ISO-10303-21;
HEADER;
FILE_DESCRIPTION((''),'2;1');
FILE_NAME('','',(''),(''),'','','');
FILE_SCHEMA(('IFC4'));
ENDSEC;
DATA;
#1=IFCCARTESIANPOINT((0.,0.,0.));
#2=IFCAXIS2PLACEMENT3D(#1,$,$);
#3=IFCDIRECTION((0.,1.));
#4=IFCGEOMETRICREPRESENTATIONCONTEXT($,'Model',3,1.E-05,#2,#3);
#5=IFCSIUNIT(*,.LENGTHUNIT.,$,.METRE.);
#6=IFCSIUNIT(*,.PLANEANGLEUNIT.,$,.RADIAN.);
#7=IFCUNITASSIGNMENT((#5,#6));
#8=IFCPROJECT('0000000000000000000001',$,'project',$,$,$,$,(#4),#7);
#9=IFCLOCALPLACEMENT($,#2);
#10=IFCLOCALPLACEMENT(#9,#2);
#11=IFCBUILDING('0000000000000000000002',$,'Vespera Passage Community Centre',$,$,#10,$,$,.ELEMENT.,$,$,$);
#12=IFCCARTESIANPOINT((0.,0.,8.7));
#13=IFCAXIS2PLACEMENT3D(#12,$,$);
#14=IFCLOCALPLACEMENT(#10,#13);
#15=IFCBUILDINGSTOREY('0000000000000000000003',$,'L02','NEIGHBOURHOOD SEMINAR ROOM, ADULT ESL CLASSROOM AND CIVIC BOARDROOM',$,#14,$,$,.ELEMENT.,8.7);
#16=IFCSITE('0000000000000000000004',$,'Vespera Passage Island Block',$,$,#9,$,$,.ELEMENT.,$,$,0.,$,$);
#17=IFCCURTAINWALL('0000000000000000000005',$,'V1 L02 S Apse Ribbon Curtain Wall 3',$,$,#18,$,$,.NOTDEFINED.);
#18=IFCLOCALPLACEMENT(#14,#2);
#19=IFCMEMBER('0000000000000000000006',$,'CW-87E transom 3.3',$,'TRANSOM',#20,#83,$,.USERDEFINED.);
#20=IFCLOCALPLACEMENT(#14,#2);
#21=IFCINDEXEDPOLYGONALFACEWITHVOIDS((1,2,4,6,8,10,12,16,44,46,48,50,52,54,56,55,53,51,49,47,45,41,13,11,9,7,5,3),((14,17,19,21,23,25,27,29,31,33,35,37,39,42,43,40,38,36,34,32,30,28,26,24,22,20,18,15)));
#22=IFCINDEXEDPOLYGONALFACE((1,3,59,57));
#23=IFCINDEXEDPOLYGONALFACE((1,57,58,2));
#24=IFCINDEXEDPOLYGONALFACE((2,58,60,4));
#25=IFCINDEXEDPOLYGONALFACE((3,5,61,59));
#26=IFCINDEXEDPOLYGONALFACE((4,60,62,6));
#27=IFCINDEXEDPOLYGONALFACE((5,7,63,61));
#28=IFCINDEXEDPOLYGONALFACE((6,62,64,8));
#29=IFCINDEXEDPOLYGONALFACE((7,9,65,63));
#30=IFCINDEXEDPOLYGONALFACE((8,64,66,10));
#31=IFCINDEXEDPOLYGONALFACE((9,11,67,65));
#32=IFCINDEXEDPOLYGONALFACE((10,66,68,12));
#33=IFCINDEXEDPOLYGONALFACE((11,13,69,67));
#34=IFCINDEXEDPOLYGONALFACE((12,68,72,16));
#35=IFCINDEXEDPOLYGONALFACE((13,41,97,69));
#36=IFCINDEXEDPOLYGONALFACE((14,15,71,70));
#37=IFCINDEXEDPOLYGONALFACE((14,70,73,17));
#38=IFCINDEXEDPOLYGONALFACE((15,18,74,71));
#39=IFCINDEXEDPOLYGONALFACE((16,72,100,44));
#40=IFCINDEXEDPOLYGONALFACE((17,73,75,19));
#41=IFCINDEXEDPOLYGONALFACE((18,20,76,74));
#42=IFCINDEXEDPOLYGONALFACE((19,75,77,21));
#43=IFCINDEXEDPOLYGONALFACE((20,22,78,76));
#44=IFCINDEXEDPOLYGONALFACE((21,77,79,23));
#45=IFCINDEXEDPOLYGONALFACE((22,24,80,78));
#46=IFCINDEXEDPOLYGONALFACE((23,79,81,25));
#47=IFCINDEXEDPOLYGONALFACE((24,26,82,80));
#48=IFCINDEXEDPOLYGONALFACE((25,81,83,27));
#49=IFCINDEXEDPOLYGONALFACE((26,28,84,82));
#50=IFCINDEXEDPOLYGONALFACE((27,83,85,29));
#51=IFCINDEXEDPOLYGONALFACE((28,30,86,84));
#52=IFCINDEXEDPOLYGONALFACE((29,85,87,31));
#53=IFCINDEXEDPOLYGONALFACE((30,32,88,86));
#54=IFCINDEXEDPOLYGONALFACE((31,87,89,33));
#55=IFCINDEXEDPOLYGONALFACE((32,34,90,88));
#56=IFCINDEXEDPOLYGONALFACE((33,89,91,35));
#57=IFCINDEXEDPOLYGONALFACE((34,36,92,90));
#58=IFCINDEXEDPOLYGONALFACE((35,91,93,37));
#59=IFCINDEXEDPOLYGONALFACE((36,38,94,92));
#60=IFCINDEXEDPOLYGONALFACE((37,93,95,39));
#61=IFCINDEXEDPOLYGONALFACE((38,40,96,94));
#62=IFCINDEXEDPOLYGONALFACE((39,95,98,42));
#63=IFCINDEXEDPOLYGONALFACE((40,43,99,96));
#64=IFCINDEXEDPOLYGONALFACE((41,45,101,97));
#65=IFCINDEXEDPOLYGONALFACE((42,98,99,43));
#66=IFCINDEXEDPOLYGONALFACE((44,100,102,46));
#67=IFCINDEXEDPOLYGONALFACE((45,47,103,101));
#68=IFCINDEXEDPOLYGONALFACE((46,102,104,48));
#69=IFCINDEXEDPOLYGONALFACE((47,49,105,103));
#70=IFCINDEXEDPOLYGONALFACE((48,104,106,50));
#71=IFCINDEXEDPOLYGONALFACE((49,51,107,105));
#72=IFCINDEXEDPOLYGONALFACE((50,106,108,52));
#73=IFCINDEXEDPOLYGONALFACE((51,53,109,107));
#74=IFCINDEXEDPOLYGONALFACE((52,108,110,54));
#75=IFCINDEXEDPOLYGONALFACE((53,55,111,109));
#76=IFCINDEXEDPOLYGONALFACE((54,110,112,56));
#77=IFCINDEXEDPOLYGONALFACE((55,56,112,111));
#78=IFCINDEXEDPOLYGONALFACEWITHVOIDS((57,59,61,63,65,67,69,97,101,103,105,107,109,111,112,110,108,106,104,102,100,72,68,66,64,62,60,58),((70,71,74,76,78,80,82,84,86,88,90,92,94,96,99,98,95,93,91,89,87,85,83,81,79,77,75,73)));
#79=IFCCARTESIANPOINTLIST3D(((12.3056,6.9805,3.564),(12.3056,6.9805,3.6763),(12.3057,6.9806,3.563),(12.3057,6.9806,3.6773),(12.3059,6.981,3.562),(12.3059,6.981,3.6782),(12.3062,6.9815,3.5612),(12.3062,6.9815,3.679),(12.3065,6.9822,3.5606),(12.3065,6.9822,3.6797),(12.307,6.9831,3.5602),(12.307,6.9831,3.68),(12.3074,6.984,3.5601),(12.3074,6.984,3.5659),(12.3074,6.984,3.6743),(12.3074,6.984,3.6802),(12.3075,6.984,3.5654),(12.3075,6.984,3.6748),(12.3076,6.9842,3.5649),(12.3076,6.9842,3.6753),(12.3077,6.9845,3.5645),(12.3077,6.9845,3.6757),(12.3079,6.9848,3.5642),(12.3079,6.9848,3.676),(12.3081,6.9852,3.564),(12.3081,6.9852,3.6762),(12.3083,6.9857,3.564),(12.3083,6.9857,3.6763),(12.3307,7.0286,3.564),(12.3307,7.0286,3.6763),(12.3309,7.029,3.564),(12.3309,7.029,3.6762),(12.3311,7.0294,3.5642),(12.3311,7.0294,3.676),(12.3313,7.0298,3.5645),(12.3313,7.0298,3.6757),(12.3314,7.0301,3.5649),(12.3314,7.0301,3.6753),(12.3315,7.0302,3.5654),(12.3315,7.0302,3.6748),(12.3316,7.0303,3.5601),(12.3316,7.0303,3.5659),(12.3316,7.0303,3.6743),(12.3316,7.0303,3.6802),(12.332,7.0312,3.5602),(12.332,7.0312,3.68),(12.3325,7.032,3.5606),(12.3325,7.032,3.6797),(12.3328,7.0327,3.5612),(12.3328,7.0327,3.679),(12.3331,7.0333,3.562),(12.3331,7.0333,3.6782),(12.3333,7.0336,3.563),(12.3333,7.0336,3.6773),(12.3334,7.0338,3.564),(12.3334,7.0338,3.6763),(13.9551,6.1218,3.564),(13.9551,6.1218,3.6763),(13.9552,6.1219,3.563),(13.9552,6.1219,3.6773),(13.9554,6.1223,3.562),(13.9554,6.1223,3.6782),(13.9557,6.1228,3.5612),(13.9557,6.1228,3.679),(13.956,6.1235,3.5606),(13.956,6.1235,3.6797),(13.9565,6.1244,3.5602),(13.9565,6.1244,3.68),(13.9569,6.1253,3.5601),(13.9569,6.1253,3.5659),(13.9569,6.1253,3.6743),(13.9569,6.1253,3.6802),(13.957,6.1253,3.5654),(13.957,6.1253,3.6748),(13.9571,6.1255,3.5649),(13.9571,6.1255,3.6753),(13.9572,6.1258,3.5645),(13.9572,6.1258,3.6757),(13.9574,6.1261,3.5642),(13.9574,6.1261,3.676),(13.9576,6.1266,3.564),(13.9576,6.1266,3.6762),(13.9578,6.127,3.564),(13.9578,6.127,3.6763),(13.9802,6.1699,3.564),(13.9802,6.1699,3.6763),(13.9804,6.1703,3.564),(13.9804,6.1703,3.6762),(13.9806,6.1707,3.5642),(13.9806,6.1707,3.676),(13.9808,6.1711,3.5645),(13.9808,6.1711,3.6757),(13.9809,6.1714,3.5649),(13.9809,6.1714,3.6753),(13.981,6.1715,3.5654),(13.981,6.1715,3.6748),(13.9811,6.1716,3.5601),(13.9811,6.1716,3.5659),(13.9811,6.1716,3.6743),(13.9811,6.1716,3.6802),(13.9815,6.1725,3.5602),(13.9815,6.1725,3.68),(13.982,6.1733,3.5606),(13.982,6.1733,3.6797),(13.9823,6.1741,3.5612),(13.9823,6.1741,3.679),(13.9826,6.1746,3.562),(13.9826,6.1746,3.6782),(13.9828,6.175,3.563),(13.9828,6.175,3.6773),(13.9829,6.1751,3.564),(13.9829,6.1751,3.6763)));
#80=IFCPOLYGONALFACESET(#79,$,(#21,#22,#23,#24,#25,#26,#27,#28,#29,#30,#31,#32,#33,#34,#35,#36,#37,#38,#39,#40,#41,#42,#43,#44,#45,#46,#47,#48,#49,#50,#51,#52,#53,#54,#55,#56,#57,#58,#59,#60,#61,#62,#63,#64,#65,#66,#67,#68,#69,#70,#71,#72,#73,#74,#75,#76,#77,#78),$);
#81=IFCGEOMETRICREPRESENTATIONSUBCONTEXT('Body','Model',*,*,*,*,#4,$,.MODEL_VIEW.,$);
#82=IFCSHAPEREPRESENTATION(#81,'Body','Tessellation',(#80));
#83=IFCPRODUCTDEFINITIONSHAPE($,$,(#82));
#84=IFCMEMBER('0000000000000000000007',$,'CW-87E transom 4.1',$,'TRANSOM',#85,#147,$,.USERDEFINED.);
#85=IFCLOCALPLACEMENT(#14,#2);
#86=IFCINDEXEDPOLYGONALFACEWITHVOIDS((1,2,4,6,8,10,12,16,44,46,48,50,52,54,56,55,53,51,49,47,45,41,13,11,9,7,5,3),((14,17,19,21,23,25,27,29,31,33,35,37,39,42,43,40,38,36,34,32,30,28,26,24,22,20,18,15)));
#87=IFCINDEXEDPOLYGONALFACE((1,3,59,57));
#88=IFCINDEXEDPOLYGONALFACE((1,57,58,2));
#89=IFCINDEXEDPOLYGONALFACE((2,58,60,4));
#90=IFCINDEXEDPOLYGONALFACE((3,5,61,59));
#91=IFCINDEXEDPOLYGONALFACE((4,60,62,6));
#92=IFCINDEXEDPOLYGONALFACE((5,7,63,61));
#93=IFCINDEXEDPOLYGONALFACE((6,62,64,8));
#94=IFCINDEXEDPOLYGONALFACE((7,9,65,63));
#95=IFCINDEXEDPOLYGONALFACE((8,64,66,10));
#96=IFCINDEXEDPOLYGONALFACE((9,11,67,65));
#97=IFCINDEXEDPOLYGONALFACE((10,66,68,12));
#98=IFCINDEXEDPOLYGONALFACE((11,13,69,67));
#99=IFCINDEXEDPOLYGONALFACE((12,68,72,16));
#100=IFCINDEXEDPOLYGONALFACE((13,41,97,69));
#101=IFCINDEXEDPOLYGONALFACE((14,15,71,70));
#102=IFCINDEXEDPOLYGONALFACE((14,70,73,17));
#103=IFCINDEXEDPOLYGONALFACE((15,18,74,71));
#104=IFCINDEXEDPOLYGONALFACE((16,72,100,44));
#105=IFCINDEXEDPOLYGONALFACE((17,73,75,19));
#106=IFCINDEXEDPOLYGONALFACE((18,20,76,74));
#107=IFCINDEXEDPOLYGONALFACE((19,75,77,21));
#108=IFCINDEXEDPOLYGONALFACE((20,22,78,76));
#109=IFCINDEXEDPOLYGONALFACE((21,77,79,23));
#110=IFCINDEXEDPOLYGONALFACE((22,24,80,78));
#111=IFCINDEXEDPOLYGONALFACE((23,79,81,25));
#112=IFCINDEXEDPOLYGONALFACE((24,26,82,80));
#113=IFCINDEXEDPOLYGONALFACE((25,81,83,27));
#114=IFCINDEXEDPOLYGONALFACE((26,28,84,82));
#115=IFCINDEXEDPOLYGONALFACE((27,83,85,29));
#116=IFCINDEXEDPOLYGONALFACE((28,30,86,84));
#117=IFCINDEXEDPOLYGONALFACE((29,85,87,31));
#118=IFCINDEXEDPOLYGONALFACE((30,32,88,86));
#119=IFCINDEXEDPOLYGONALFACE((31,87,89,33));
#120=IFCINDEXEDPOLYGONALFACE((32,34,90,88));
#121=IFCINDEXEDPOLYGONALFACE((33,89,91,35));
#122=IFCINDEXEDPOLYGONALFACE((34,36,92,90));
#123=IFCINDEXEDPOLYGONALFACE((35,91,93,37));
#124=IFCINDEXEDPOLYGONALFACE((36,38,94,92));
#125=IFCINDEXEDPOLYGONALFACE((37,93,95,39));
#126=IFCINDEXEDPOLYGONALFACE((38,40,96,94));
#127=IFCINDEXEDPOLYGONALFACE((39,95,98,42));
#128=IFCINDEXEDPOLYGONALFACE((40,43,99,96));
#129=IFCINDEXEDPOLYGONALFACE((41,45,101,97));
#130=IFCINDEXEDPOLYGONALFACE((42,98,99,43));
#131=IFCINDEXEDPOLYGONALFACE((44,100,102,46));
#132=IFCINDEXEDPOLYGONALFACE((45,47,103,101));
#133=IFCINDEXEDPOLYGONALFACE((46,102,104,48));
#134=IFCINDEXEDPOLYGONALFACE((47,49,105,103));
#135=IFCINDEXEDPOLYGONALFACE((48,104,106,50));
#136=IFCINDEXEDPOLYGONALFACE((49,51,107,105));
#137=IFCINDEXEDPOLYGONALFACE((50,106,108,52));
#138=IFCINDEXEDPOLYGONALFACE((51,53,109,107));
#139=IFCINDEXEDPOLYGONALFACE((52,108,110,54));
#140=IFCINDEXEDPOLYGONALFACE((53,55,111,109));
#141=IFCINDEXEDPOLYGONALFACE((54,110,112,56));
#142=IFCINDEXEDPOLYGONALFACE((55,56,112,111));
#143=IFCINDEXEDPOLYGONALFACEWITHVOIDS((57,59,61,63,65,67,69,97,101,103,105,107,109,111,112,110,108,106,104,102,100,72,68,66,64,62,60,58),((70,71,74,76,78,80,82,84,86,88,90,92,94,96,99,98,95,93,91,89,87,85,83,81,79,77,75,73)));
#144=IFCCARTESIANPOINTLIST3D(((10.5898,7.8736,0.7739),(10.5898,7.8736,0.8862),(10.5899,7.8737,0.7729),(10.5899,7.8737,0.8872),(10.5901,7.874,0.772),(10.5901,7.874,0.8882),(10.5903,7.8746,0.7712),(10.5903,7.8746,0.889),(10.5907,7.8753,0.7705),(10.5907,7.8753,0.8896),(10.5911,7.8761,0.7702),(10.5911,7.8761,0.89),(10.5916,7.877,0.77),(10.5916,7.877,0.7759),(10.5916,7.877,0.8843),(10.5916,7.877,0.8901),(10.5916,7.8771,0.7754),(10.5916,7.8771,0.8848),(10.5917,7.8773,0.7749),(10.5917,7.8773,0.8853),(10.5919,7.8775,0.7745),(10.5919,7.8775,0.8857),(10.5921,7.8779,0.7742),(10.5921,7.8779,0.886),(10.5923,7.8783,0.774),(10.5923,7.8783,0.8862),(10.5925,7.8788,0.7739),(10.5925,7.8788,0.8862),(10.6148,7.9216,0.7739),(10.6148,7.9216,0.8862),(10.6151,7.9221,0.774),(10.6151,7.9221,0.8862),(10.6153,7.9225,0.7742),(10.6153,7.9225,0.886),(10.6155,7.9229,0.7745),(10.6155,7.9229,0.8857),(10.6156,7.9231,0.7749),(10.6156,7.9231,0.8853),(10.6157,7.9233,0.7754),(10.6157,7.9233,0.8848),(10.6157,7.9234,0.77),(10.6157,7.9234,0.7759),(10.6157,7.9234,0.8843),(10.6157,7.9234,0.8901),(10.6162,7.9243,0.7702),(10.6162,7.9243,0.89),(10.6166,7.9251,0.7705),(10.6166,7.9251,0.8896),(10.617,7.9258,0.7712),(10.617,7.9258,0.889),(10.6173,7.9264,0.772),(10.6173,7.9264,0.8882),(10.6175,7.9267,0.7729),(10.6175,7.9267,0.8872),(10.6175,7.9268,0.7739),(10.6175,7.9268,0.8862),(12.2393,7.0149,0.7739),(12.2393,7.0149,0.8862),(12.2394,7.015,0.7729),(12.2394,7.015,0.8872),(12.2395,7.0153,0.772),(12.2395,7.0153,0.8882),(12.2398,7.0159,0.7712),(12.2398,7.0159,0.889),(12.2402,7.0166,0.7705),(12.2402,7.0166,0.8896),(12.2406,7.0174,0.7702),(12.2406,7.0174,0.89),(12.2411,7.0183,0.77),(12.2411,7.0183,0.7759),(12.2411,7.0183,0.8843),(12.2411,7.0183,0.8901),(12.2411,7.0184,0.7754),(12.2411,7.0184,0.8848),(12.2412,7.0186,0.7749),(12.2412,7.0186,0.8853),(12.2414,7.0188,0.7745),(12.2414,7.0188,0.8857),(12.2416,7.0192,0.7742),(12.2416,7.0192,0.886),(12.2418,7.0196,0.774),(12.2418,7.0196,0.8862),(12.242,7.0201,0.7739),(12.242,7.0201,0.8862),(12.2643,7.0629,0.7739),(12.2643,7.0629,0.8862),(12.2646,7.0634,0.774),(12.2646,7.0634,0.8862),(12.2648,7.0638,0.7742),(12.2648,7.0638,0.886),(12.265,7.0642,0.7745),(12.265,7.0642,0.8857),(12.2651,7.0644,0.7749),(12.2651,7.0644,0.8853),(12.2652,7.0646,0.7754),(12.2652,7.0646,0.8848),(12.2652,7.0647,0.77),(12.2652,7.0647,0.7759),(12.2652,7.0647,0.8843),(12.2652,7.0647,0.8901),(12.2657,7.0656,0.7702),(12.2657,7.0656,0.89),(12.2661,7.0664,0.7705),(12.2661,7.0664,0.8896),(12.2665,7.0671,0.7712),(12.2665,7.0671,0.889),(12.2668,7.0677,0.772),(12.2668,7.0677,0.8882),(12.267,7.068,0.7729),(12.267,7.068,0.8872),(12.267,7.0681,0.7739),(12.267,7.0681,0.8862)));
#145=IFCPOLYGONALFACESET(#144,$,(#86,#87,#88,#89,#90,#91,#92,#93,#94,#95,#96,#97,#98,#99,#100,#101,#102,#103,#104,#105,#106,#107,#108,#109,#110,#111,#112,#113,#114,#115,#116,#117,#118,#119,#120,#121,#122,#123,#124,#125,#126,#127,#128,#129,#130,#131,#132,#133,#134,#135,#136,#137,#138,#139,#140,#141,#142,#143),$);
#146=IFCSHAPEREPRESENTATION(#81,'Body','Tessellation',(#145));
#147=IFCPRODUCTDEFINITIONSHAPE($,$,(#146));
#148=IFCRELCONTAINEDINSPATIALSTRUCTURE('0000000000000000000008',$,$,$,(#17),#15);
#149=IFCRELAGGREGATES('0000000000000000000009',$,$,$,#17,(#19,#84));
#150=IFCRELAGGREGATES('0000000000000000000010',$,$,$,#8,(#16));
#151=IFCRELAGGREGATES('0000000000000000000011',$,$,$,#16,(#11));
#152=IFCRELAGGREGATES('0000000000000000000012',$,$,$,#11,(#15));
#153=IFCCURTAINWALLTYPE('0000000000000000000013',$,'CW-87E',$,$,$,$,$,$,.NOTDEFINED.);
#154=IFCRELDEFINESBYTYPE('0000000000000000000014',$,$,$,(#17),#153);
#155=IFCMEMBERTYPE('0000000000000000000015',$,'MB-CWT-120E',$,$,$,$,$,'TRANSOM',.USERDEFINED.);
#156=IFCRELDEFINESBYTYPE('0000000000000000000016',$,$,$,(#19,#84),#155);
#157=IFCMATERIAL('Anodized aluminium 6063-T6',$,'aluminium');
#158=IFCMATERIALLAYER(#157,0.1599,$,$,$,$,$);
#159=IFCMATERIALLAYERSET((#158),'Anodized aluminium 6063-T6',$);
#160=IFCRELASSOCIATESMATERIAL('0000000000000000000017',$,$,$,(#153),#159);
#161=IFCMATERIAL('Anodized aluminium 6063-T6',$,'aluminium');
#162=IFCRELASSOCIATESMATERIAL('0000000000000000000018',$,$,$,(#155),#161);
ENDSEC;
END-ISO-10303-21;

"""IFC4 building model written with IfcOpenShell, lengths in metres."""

from ifc_helpers import new_model, si_unit, direction, frame, origin, origin_2d, place, context, subcontext, project, spatial, hollow_rectangle, extrude, material, layer, layer_set, material_profile, profile_set, type_object, element, aggregate, save


model = new_model("IFC4")

# Units and contexts
model_context = context("Model", 3, precision=1e-05, world=origin(), true_north=direction((0.0, 1.0)))
body_context = subcontext(model_context, "Body", "Model", "MODEL_VIEW")
ifc_project = project(units=[si_unit("LENGTHUNIT", "METRE"), si_unit("PLANEANGLEUNIT", "RADIAN")], contexts=[model_context])

# Site, building, storey
site_placement = place(None, origin())
site = spatial("IfcSite", under=ifc_project, at=site_placement, Name="Vespera Passage Island Block", CompositionType="ELEMENT", RefElevation=0.0)
building_placement = place(site_placement, origin())
building = spatial("IfcBuilding", under=site, at=building_placement, Name="Vespera Passage Community Centre", CompositionType="ELEMENT")
storey_placement = place(building_placement, frame((0.0, 0.0, 8.7)))
storey = spatial("IfcBuildingStorey", under=building, at=storey_placement, Name="L02", Description="NEIGHBOURHOOD SEMINAR ROOM, ADULT ESL CLASSROOM AND CIVIC BOARDROOM", CompositionType="ELEMENT", Elevation=8.7)

# Curtain wall, members
ifc_material_1 = material(Name="Anodized aluminium 6063-T6", Category="aluminium")
ifc_layer_1 = layer(ifc_material_1, 0.1599)
ifc_layer_set_1 = layer_set([ifc_layer_1], Name="Anodized aluminium 6063-T6")
curtain_wall_type = type_object("IfcCurtainWallType", Name="CW-87E", PredefinedType="NOTDEFINED", material=ifc_layer_set_1)
curtain_wall_placement = place(storey_placement, origin())
curtain_wall = element("IfcCurtainWall", 1, at=curtain_wall_placement, inside=storey, type_object=curtain_wall_type, Name="V1 L02 S Apse Ribbon Curtain Wall 3", PredefinedType="NOTDEFINED")
ifc_material_2 = material(Name="Anodized aluminium 6063-T6", Category="aluminium")
ifc_material_profile_1 = material_profile(ifc_material_2, hollow_rectangle(XDim=0.0601, YDim=0.1201, WallThickness=0.0039, InnerFilletRadius=0.002, OuterFilletRadius=0.0039, at=origin_2d()), Name="ALU120X60X4")
ifc_profile_set_1 = profile_set([ifc_material_profile_1], Name="Anodized aluminium 6063-T6")
member_type_1 = type_object("IfcMemberType", Name="MB-CWT-120E", ElementType="TRANSOM", PredefinedType="USERDEFINED", material=ifc_profile_set_1)
member_1_placement = place(storey_placement, frame((13.969, 6.1484, 3.6201), z_axis=(-0.887008, 0.461754, 0.0), x_axis=(-0.461754, -0.887008, 0.0)))
member_1 = element("IfcMember", 2, at=member_1_placement, type_object=member_type_1, Name="CW-87E transom 3.3", ObjectType="TRANSOM", PredefinedType="USERDEFINED", context=body_context, shape_type="SweptSolid", body=[
    extrude(hollow_rectangle(XDim=0.0601, YDim=0.1201, WallThickness=0.0039, InnerFilletRadius=0.002, OuterFilletRadius=0.0039, at=origin_2d()), origin(), (0.0, 0.0, 1.0), 1.8596),
])
member_2_placement = place(storey_placement, frame((12.2532, 7.0415, 0.8301), z_axis=(-0.887008, 0.461754, 0.0), x_axis=(-0.461754, -0.887008, 0.0)))
member_2 = element("IfcMember", 3, at=member_2_placement, type_object=member_type_1, Name="CW-87E transom 4.1", ObjectType="TRANSOM", PredefinedType="USERDEFINED", context=body_context, shape_type="SweptSolid", body=[
    extrude(hollow_rectangle(XDim=0.0601, YDim=0.1201, WallThickness=0.0039, InnerFilletRadius=0.002, OuterFilletRadius=0.0039, at=origin_2d()), origin(), (0.0, 0.0, 1.0), 1.8596),
])
aggregate(curtain_wall, [member_1, member_2])

save(model, "model.ifc")
